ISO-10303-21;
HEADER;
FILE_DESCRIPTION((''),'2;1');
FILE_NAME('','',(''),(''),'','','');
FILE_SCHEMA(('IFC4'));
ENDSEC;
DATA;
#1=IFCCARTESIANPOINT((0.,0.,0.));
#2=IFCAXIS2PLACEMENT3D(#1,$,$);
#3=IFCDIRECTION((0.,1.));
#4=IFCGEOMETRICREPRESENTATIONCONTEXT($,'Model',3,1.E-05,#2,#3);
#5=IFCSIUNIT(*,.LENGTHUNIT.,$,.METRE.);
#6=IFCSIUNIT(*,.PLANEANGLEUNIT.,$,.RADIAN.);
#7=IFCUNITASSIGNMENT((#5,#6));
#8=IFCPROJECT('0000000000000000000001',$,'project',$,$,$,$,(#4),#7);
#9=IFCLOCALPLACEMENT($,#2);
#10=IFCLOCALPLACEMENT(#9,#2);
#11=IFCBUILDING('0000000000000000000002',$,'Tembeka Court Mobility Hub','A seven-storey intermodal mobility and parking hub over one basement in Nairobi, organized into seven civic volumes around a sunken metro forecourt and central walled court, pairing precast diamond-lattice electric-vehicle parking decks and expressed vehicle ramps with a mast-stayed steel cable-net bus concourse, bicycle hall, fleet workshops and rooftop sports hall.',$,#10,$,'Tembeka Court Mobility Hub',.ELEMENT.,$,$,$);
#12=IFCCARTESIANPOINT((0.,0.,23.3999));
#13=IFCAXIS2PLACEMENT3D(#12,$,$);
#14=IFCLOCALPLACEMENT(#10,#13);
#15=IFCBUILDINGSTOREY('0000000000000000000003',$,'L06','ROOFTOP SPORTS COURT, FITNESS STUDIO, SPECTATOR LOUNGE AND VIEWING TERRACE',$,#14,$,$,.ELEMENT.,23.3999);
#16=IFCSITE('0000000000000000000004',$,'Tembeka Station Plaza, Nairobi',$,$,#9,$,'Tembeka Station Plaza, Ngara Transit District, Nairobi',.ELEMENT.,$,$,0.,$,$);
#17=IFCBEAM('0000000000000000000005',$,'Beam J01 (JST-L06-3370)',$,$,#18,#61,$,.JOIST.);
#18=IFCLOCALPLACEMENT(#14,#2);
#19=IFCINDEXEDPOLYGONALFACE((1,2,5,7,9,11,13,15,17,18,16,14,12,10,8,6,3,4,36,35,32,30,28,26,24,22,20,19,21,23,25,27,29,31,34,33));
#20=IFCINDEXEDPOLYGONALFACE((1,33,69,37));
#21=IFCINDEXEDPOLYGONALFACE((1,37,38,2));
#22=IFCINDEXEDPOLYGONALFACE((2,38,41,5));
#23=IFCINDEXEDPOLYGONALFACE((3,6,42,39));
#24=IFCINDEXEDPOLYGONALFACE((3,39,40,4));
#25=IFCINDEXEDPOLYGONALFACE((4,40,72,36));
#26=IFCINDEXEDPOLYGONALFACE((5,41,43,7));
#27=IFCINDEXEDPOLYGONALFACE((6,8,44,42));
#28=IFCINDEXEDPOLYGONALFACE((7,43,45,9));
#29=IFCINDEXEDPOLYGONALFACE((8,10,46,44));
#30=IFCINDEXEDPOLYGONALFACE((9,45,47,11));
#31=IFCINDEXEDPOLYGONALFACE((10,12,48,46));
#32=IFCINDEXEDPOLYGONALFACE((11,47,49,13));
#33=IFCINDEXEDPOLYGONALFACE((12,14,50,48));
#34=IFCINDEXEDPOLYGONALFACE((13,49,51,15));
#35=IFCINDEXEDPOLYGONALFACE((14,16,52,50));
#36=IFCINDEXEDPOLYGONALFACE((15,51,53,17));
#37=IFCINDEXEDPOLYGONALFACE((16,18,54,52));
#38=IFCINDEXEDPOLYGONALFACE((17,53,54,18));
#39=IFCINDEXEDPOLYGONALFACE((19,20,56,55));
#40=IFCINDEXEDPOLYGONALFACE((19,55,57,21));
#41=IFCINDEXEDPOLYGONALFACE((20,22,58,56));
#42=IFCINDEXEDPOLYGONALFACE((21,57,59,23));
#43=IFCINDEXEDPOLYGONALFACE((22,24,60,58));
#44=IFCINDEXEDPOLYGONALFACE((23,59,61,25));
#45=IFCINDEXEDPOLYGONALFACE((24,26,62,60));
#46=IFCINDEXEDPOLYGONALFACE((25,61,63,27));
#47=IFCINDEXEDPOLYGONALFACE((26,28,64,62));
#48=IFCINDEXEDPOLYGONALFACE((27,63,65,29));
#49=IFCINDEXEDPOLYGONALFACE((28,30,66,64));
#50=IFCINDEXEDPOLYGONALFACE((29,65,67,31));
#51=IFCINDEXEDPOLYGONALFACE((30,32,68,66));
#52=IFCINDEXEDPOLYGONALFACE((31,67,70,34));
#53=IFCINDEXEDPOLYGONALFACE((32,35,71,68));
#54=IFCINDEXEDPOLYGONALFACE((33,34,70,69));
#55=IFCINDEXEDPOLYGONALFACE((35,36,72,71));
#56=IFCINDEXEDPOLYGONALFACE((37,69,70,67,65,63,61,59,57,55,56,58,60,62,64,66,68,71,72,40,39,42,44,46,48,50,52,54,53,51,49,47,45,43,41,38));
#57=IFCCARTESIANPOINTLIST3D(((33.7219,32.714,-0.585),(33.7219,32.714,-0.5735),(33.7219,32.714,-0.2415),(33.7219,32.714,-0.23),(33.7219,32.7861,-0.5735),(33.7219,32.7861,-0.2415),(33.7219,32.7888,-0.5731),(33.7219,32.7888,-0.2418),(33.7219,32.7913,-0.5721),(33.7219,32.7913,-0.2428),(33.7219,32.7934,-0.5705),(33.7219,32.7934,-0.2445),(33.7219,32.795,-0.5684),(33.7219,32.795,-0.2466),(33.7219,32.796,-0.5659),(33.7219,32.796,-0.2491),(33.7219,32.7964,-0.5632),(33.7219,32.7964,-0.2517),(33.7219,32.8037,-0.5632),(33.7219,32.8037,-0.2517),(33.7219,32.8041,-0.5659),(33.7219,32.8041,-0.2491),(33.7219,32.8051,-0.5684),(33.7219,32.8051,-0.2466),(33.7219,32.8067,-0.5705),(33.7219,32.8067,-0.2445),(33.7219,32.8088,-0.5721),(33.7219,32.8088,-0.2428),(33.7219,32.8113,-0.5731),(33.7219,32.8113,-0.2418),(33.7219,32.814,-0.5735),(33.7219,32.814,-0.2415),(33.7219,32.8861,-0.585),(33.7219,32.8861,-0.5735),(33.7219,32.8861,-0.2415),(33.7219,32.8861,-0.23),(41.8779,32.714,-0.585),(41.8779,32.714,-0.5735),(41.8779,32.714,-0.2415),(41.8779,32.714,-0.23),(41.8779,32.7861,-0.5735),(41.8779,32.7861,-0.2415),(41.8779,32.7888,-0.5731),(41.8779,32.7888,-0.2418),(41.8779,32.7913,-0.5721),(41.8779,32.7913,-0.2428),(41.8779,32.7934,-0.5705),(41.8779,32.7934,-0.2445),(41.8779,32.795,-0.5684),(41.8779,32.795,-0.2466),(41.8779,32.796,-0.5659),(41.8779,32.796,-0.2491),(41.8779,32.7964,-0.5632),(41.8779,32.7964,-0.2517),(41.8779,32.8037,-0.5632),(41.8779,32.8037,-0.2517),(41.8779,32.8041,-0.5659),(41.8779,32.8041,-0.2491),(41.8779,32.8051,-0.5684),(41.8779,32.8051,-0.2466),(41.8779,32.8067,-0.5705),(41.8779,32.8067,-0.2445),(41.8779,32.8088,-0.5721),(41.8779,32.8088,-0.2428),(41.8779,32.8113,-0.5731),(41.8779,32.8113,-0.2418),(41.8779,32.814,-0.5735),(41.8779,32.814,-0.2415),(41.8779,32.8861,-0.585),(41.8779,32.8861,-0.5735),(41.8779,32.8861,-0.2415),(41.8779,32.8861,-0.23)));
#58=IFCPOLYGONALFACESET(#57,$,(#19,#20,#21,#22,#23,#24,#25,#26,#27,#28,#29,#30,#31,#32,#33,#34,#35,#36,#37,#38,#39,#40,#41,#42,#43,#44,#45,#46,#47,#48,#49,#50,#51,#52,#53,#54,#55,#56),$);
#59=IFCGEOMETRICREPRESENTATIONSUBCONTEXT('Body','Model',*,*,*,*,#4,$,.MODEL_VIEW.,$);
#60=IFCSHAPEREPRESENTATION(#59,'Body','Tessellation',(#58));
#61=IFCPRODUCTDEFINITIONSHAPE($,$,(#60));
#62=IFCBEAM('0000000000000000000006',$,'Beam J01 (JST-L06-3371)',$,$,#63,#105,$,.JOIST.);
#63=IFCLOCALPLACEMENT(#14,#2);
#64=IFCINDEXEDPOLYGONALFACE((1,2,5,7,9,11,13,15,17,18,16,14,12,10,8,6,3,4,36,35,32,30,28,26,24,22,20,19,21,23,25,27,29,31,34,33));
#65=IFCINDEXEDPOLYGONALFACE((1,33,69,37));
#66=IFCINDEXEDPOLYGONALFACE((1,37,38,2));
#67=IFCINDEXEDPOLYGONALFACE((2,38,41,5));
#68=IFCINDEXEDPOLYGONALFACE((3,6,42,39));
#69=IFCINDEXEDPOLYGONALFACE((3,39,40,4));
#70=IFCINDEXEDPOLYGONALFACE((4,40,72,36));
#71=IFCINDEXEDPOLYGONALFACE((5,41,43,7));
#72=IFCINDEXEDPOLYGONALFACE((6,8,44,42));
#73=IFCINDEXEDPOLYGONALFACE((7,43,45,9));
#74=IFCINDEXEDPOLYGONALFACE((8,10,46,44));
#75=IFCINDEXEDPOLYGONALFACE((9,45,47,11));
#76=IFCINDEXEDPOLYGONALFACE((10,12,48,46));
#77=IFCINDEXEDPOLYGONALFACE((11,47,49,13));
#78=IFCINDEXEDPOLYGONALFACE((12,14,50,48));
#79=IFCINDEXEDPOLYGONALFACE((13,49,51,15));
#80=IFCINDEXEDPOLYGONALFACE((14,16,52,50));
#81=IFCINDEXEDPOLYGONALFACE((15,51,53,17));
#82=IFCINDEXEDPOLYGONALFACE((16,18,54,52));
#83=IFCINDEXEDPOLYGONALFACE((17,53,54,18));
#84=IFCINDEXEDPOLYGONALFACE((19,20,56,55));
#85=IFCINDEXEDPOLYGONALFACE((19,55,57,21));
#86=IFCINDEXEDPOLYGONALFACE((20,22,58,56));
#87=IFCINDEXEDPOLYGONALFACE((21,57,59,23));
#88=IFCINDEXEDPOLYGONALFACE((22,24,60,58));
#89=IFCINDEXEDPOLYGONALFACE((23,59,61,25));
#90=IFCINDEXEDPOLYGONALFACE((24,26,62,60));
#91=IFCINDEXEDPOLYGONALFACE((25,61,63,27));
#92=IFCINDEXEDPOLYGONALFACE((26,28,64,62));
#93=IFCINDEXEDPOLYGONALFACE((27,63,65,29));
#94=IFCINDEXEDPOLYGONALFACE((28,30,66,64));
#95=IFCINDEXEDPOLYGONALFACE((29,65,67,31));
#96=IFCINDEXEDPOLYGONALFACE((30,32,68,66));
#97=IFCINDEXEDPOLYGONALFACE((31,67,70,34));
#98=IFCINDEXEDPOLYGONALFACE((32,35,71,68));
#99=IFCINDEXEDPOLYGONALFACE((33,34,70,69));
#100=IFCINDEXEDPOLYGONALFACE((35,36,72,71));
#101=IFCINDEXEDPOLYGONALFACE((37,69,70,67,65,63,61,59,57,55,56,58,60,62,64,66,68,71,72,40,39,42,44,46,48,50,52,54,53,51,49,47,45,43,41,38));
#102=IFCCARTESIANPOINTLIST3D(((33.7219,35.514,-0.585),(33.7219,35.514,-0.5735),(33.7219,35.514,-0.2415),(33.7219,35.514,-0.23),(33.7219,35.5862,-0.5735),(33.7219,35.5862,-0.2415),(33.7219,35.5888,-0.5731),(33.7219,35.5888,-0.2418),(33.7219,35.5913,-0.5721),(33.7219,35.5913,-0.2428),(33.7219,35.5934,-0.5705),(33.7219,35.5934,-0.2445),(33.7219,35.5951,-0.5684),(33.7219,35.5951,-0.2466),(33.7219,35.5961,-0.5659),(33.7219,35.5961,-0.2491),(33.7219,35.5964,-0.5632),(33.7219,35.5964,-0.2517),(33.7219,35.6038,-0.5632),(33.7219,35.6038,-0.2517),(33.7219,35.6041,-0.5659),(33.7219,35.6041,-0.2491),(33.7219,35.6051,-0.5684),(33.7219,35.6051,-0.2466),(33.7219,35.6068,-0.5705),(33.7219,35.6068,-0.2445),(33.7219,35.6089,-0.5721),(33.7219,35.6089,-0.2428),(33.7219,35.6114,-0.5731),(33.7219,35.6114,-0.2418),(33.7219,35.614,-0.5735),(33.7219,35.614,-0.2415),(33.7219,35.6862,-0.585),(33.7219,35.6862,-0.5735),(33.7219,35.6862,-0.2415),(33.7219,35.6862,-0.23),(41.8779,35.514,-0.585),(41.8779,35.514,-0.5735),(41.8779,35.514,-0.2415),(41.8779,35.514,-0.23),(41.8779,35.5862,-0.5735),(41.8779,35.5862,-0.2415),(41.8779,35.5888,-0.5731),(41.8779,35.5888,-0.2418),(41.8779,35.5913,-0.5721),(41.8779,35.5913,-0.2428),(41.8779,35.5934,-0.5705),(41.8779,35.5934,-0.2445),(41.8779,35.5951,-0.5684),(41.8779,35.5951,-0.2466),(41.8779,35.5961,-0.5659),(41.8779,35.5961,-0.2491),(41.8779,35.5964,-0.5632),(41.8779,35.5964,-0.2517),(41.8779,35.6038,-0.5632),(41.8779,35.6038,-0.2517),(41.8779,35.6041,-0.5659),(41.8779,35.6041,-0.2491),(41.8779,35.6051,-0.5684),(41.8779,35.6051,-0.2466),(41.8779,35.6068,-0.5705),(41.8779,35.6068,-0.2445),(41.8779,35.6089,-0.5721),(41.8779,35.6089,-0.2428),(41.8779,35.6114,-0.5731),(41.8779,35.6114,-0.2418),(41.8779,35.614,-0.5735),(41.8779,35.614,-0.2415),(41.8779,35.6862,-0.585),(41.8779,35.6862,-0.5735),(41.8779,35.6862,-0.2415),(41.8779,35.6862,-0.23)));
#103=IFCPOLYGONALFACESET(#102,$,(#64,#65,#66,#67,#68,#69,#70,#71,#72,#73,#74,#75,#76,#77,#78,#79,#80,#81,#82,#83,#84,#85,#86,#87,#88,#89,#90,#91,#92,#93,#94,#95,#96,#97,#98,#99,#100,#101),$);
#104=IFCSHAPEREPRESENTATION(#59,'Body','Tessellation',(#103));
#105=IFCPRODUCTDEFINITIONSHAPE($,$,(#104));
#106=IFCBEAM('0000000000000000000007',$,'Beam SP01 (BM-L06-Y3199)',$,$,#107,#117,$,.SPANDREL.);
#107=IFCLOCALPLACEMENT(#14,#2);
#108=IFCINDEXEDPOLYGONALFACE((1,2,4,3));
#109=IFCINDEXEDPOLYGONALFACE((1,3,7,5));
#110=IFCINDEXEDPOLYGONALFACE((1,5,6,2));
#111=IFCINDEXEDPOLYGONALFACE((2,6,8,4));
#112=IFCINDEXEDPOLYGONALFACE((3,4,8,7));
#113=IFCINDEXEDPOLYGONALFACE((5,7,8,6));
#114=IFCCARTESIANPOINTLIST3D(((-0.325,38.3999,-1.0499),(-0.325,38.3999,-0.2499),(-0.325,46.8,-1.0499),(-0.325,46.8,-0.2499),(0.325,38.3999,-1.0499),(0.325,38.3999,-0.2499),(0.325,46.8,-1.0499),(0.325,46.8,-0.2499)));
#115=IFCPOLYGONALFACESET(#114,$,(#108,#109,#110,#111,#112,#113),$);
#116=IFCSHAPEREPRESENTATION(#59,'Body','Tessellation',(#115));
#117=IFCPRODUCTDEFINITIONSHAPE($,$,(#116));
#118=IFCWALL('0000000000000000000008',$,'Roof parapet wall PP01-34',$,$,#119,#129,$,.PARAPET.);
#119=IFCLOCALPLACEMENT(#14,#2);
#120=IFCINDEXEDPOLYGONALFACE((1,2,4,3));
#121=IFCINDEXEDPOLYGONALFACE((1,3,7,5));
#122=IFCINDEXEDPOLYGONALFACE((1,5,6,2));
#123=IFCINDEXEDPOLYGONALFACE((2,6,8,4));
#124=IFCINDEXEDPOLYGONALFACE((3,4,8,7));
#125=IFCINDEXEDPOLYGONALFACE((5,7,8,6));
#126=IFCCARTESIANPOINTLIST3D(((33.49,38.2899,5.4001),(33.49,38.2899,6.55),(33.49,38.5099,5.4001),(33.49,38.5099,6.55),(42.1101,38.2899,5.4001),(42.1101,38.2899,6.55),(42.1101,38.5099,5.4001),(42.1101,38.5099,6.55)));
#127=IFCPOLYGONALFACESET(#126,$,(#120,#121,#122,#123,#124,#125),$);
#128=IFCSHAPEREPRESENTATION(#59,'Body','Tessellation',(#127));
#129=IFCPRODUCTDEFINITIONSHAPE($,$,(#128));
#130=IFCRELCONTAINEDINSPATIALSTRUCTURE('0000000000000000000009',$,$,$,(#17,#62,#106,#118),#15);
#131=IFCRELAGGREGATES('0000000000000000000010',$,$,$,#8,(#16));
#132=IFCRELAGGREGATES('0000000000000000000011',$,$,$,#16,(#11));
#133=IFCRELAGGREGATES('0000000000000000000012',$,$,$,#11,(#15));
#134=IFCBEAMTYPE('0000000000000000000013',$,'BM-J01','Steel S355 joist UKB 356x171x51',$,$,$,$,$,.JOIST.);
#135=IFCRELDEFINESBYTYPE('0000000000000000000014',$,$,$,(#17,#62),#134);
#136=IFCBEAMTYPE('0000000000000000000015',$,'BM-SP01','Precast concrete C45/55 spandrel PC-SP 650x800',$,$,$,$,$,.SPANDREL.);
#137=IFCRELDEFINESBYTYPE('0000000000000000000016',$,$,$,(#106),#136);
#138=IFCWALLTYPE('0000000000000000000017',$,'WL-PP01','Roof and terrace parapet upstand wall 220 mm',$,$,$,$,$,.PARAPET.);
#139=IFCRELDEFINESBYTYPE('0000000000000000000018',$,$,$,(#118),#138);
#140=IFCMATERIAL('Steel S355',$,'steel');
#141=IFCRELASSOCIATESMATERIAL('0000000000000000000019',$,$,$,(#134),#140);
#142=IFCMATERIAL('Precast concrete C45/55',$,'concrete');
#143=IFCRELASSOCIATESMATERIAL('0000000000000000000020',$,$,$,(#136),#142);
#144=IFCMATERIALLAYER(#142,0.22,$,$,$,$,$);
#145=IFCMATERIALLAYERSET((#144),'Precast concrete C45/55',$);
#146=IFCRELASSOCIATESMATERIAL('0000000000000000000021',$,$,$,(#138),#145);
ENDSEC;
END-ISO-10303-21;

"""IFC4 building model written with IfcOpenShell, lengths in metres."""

from ifc_helpers import new_model, si_unit, direction, frame, frame_2d, origin, origin_2d, place, context, subcontext, project, spatial, rectangle, i_section, extrude, material, layer, layer_set, material_profile, profile_set, type_object, element, save


model = new_model("IFC4")

# Units and contexts
model_context = context("Model", 3, precision=1e-05, world=origin(), true_north=direction((0.0, 1.0)))
body_context = subcontext(model_context, "Body", "Model", "MODEL_VIEW")
ifc_project = project(units=[si_unit("LENGTHUNIT", "METRE"), si_unit("PLANEANGLEUNIT", "RADIAN")], contexts=[model_context])

# Site, building, storey
site_placement = place(None, origin())
site = spatial("IfcSite", under=ifc_project, at=site_placement, Name="Tembeka Station Plaza, Nairobi", LongName="Tembeka Station Plaza, Ngara Transit District, Nairobi", CompositionType="ELEMENT", RefElevation=0.0)
building_placement = place(site_placement, origin())
building = spatial("IfcBuilding", under=site, at=building_placement, Name="Tembeka Court Mobility Hub", Description="A seven-storey intermodal mobility and parking hub over one basement in Nairobi, organized into seven civic volumes around a sunken metro forecourt and central walled court, pairing precast diamond-lattice electric-vehicle parking decks and expressed vehicle ramps with a mast-stayed steel cable-net bus concourse, bicycle hall, fleet workshops and rooftop sports hall.", LongName="Tembeka Court Mobility Hub", CompositionType="ELEMENT")
storey_placement = place(building_placement, frame((0.0, 0.0, 23.3999)))
storey = spatial("IfcBuildingStorey", under=building, at=storey_placement, Name="L06", Description="ROOFTOP SPORTS COURT, FITNESS STUDIO, SPECTATOR LOUNGE AND VIEWING TERRACE", CompositionType="ELEMENT", Elevation=23.3999)

# Shared definitions
ifc_material_1 = material(Name="Steel S355", Category="steel")

# Beams
ifc_material_profile_1 = material_profile(ifc_material_1, i_section(OverallWidth=0.1721, OverallDepth=0.355, WebThickness=0.0073, FlangeThickness=0.0115, FilletRadius=0.0103, at=origin_2d()), Name="UKB 356x171x51")
ifc_profile_set_1 = profile_set([ifc_material_profile_1], Name="Steel S355")
beam_type_1 = type_object("IfcBeamType", Name="BM-J01", Description="Steel S355 joist UKB 356x171x51", PredefinedType="JOIST", material=ifc_profile_set_1)
for number, where, z_axis, x_axis, name in (
    (1, (33.7219, 32.8, -0.4075), (1.0, 0.0, 0.0), (0.0, 1.0, 0.0), "Beam J01 (JST-L06-3370)"),
    (2, (33.7219, 35.6001, -0.4075), (1.0, 0.0, 0.0), (0.0, 1.0, 0.0), "Beam J01 (JST-L06-3371)"),
):
    element("IfcBeam", number, at=place(storey_placement, frame(where, z_axis=z_axis, x_axis=x_axis)), inside=storey, type_object=beam_type_1, Name=name, PredefinedType="JOIST", context=body_context, shape_type="SweptSolid", body=[
        extrude(i_section(OverallWidth=0.1721, OverallDepth=0.355, WebThickness=0.0073, FlangeThickness=0.0115, FilletRadius=0.0103, at=origin_2d()), origin(), (0.0, 0.0, 1.0), 8.156),
    ])
ifc_material_2 = material(Name="Precast concrete C45/55", Category="concrete")
ifc_material_profile_2 = material_profile(ifc_material_2, rectangle(XDim=0.6499, YDim=0.8, at=origin_2d()), Name="PC-SP 650x800")
ifc_profile_set_2 = profile_set([ifc_material_profile_2], Name="Precast concrete C45/55")
beam_type_2 = type_object("IfcBeamType", Name="BM-SP01", Description="Precast concrete C45/55 spandrel PC-SP 650x800", PredefinedType="SPANDREL", material=ifc_profile_set_2)
beam_1_placement = place(storey_placement, frame((0.0, 38.3999, -0.6499), z_axis=(0.0, 1.0, 0.0), x_axis=(-1.0, 0.0, 0.0)))
element("IfcBeam", 3, at=beam_1_placement, inside=storey, type_object=beam_type_2, Name="Beam SP01 (BM-L06-Y3199)", PredefinedType="SPANDREL", context=body_context, shape_type="SweptSolid", body=[
    extrude(rectangle(XDim=0.6499, YDim=0.8, at=origin_2d()), origin(), (0.0, 0.0, 1.0), 8.4001),
])

# Wall
ifc_layer = layer(ifc_material_2, 0.22)
ifc_layer_set = layer_set([ifc_layer], Name="Precast concrete C45/55")
wall_type = type_object("IfcWallType", Name="WL-PP01", Description="Roof and terrace parapet upstand wall 220 mm", PredefinedType="PARAPET", material=ifc_layer_set)
wall_placement = place(storey_placement, frame((33.49, 38.3999, 5.4001), z_axis=(0.0, 0.0, 1.0), x_axis=(1.0, 0.0, 0.0)))
element("IfcWall", 4, at=wall_placement, inside=storey, type_object=wall_type, Name="Roof parapet wall PP01-34", PredefinedType="PARAPET", context=body_context, shape_type="SweptSolid", body=[
    extrude(rectangle(XDim=8.6201, YDim=0.22, at=frame_2d((4.3101, 0.0))), origin(), (0.0, 0.0, 1.0), 1.1499),
])

save(model, "model.ifc")
